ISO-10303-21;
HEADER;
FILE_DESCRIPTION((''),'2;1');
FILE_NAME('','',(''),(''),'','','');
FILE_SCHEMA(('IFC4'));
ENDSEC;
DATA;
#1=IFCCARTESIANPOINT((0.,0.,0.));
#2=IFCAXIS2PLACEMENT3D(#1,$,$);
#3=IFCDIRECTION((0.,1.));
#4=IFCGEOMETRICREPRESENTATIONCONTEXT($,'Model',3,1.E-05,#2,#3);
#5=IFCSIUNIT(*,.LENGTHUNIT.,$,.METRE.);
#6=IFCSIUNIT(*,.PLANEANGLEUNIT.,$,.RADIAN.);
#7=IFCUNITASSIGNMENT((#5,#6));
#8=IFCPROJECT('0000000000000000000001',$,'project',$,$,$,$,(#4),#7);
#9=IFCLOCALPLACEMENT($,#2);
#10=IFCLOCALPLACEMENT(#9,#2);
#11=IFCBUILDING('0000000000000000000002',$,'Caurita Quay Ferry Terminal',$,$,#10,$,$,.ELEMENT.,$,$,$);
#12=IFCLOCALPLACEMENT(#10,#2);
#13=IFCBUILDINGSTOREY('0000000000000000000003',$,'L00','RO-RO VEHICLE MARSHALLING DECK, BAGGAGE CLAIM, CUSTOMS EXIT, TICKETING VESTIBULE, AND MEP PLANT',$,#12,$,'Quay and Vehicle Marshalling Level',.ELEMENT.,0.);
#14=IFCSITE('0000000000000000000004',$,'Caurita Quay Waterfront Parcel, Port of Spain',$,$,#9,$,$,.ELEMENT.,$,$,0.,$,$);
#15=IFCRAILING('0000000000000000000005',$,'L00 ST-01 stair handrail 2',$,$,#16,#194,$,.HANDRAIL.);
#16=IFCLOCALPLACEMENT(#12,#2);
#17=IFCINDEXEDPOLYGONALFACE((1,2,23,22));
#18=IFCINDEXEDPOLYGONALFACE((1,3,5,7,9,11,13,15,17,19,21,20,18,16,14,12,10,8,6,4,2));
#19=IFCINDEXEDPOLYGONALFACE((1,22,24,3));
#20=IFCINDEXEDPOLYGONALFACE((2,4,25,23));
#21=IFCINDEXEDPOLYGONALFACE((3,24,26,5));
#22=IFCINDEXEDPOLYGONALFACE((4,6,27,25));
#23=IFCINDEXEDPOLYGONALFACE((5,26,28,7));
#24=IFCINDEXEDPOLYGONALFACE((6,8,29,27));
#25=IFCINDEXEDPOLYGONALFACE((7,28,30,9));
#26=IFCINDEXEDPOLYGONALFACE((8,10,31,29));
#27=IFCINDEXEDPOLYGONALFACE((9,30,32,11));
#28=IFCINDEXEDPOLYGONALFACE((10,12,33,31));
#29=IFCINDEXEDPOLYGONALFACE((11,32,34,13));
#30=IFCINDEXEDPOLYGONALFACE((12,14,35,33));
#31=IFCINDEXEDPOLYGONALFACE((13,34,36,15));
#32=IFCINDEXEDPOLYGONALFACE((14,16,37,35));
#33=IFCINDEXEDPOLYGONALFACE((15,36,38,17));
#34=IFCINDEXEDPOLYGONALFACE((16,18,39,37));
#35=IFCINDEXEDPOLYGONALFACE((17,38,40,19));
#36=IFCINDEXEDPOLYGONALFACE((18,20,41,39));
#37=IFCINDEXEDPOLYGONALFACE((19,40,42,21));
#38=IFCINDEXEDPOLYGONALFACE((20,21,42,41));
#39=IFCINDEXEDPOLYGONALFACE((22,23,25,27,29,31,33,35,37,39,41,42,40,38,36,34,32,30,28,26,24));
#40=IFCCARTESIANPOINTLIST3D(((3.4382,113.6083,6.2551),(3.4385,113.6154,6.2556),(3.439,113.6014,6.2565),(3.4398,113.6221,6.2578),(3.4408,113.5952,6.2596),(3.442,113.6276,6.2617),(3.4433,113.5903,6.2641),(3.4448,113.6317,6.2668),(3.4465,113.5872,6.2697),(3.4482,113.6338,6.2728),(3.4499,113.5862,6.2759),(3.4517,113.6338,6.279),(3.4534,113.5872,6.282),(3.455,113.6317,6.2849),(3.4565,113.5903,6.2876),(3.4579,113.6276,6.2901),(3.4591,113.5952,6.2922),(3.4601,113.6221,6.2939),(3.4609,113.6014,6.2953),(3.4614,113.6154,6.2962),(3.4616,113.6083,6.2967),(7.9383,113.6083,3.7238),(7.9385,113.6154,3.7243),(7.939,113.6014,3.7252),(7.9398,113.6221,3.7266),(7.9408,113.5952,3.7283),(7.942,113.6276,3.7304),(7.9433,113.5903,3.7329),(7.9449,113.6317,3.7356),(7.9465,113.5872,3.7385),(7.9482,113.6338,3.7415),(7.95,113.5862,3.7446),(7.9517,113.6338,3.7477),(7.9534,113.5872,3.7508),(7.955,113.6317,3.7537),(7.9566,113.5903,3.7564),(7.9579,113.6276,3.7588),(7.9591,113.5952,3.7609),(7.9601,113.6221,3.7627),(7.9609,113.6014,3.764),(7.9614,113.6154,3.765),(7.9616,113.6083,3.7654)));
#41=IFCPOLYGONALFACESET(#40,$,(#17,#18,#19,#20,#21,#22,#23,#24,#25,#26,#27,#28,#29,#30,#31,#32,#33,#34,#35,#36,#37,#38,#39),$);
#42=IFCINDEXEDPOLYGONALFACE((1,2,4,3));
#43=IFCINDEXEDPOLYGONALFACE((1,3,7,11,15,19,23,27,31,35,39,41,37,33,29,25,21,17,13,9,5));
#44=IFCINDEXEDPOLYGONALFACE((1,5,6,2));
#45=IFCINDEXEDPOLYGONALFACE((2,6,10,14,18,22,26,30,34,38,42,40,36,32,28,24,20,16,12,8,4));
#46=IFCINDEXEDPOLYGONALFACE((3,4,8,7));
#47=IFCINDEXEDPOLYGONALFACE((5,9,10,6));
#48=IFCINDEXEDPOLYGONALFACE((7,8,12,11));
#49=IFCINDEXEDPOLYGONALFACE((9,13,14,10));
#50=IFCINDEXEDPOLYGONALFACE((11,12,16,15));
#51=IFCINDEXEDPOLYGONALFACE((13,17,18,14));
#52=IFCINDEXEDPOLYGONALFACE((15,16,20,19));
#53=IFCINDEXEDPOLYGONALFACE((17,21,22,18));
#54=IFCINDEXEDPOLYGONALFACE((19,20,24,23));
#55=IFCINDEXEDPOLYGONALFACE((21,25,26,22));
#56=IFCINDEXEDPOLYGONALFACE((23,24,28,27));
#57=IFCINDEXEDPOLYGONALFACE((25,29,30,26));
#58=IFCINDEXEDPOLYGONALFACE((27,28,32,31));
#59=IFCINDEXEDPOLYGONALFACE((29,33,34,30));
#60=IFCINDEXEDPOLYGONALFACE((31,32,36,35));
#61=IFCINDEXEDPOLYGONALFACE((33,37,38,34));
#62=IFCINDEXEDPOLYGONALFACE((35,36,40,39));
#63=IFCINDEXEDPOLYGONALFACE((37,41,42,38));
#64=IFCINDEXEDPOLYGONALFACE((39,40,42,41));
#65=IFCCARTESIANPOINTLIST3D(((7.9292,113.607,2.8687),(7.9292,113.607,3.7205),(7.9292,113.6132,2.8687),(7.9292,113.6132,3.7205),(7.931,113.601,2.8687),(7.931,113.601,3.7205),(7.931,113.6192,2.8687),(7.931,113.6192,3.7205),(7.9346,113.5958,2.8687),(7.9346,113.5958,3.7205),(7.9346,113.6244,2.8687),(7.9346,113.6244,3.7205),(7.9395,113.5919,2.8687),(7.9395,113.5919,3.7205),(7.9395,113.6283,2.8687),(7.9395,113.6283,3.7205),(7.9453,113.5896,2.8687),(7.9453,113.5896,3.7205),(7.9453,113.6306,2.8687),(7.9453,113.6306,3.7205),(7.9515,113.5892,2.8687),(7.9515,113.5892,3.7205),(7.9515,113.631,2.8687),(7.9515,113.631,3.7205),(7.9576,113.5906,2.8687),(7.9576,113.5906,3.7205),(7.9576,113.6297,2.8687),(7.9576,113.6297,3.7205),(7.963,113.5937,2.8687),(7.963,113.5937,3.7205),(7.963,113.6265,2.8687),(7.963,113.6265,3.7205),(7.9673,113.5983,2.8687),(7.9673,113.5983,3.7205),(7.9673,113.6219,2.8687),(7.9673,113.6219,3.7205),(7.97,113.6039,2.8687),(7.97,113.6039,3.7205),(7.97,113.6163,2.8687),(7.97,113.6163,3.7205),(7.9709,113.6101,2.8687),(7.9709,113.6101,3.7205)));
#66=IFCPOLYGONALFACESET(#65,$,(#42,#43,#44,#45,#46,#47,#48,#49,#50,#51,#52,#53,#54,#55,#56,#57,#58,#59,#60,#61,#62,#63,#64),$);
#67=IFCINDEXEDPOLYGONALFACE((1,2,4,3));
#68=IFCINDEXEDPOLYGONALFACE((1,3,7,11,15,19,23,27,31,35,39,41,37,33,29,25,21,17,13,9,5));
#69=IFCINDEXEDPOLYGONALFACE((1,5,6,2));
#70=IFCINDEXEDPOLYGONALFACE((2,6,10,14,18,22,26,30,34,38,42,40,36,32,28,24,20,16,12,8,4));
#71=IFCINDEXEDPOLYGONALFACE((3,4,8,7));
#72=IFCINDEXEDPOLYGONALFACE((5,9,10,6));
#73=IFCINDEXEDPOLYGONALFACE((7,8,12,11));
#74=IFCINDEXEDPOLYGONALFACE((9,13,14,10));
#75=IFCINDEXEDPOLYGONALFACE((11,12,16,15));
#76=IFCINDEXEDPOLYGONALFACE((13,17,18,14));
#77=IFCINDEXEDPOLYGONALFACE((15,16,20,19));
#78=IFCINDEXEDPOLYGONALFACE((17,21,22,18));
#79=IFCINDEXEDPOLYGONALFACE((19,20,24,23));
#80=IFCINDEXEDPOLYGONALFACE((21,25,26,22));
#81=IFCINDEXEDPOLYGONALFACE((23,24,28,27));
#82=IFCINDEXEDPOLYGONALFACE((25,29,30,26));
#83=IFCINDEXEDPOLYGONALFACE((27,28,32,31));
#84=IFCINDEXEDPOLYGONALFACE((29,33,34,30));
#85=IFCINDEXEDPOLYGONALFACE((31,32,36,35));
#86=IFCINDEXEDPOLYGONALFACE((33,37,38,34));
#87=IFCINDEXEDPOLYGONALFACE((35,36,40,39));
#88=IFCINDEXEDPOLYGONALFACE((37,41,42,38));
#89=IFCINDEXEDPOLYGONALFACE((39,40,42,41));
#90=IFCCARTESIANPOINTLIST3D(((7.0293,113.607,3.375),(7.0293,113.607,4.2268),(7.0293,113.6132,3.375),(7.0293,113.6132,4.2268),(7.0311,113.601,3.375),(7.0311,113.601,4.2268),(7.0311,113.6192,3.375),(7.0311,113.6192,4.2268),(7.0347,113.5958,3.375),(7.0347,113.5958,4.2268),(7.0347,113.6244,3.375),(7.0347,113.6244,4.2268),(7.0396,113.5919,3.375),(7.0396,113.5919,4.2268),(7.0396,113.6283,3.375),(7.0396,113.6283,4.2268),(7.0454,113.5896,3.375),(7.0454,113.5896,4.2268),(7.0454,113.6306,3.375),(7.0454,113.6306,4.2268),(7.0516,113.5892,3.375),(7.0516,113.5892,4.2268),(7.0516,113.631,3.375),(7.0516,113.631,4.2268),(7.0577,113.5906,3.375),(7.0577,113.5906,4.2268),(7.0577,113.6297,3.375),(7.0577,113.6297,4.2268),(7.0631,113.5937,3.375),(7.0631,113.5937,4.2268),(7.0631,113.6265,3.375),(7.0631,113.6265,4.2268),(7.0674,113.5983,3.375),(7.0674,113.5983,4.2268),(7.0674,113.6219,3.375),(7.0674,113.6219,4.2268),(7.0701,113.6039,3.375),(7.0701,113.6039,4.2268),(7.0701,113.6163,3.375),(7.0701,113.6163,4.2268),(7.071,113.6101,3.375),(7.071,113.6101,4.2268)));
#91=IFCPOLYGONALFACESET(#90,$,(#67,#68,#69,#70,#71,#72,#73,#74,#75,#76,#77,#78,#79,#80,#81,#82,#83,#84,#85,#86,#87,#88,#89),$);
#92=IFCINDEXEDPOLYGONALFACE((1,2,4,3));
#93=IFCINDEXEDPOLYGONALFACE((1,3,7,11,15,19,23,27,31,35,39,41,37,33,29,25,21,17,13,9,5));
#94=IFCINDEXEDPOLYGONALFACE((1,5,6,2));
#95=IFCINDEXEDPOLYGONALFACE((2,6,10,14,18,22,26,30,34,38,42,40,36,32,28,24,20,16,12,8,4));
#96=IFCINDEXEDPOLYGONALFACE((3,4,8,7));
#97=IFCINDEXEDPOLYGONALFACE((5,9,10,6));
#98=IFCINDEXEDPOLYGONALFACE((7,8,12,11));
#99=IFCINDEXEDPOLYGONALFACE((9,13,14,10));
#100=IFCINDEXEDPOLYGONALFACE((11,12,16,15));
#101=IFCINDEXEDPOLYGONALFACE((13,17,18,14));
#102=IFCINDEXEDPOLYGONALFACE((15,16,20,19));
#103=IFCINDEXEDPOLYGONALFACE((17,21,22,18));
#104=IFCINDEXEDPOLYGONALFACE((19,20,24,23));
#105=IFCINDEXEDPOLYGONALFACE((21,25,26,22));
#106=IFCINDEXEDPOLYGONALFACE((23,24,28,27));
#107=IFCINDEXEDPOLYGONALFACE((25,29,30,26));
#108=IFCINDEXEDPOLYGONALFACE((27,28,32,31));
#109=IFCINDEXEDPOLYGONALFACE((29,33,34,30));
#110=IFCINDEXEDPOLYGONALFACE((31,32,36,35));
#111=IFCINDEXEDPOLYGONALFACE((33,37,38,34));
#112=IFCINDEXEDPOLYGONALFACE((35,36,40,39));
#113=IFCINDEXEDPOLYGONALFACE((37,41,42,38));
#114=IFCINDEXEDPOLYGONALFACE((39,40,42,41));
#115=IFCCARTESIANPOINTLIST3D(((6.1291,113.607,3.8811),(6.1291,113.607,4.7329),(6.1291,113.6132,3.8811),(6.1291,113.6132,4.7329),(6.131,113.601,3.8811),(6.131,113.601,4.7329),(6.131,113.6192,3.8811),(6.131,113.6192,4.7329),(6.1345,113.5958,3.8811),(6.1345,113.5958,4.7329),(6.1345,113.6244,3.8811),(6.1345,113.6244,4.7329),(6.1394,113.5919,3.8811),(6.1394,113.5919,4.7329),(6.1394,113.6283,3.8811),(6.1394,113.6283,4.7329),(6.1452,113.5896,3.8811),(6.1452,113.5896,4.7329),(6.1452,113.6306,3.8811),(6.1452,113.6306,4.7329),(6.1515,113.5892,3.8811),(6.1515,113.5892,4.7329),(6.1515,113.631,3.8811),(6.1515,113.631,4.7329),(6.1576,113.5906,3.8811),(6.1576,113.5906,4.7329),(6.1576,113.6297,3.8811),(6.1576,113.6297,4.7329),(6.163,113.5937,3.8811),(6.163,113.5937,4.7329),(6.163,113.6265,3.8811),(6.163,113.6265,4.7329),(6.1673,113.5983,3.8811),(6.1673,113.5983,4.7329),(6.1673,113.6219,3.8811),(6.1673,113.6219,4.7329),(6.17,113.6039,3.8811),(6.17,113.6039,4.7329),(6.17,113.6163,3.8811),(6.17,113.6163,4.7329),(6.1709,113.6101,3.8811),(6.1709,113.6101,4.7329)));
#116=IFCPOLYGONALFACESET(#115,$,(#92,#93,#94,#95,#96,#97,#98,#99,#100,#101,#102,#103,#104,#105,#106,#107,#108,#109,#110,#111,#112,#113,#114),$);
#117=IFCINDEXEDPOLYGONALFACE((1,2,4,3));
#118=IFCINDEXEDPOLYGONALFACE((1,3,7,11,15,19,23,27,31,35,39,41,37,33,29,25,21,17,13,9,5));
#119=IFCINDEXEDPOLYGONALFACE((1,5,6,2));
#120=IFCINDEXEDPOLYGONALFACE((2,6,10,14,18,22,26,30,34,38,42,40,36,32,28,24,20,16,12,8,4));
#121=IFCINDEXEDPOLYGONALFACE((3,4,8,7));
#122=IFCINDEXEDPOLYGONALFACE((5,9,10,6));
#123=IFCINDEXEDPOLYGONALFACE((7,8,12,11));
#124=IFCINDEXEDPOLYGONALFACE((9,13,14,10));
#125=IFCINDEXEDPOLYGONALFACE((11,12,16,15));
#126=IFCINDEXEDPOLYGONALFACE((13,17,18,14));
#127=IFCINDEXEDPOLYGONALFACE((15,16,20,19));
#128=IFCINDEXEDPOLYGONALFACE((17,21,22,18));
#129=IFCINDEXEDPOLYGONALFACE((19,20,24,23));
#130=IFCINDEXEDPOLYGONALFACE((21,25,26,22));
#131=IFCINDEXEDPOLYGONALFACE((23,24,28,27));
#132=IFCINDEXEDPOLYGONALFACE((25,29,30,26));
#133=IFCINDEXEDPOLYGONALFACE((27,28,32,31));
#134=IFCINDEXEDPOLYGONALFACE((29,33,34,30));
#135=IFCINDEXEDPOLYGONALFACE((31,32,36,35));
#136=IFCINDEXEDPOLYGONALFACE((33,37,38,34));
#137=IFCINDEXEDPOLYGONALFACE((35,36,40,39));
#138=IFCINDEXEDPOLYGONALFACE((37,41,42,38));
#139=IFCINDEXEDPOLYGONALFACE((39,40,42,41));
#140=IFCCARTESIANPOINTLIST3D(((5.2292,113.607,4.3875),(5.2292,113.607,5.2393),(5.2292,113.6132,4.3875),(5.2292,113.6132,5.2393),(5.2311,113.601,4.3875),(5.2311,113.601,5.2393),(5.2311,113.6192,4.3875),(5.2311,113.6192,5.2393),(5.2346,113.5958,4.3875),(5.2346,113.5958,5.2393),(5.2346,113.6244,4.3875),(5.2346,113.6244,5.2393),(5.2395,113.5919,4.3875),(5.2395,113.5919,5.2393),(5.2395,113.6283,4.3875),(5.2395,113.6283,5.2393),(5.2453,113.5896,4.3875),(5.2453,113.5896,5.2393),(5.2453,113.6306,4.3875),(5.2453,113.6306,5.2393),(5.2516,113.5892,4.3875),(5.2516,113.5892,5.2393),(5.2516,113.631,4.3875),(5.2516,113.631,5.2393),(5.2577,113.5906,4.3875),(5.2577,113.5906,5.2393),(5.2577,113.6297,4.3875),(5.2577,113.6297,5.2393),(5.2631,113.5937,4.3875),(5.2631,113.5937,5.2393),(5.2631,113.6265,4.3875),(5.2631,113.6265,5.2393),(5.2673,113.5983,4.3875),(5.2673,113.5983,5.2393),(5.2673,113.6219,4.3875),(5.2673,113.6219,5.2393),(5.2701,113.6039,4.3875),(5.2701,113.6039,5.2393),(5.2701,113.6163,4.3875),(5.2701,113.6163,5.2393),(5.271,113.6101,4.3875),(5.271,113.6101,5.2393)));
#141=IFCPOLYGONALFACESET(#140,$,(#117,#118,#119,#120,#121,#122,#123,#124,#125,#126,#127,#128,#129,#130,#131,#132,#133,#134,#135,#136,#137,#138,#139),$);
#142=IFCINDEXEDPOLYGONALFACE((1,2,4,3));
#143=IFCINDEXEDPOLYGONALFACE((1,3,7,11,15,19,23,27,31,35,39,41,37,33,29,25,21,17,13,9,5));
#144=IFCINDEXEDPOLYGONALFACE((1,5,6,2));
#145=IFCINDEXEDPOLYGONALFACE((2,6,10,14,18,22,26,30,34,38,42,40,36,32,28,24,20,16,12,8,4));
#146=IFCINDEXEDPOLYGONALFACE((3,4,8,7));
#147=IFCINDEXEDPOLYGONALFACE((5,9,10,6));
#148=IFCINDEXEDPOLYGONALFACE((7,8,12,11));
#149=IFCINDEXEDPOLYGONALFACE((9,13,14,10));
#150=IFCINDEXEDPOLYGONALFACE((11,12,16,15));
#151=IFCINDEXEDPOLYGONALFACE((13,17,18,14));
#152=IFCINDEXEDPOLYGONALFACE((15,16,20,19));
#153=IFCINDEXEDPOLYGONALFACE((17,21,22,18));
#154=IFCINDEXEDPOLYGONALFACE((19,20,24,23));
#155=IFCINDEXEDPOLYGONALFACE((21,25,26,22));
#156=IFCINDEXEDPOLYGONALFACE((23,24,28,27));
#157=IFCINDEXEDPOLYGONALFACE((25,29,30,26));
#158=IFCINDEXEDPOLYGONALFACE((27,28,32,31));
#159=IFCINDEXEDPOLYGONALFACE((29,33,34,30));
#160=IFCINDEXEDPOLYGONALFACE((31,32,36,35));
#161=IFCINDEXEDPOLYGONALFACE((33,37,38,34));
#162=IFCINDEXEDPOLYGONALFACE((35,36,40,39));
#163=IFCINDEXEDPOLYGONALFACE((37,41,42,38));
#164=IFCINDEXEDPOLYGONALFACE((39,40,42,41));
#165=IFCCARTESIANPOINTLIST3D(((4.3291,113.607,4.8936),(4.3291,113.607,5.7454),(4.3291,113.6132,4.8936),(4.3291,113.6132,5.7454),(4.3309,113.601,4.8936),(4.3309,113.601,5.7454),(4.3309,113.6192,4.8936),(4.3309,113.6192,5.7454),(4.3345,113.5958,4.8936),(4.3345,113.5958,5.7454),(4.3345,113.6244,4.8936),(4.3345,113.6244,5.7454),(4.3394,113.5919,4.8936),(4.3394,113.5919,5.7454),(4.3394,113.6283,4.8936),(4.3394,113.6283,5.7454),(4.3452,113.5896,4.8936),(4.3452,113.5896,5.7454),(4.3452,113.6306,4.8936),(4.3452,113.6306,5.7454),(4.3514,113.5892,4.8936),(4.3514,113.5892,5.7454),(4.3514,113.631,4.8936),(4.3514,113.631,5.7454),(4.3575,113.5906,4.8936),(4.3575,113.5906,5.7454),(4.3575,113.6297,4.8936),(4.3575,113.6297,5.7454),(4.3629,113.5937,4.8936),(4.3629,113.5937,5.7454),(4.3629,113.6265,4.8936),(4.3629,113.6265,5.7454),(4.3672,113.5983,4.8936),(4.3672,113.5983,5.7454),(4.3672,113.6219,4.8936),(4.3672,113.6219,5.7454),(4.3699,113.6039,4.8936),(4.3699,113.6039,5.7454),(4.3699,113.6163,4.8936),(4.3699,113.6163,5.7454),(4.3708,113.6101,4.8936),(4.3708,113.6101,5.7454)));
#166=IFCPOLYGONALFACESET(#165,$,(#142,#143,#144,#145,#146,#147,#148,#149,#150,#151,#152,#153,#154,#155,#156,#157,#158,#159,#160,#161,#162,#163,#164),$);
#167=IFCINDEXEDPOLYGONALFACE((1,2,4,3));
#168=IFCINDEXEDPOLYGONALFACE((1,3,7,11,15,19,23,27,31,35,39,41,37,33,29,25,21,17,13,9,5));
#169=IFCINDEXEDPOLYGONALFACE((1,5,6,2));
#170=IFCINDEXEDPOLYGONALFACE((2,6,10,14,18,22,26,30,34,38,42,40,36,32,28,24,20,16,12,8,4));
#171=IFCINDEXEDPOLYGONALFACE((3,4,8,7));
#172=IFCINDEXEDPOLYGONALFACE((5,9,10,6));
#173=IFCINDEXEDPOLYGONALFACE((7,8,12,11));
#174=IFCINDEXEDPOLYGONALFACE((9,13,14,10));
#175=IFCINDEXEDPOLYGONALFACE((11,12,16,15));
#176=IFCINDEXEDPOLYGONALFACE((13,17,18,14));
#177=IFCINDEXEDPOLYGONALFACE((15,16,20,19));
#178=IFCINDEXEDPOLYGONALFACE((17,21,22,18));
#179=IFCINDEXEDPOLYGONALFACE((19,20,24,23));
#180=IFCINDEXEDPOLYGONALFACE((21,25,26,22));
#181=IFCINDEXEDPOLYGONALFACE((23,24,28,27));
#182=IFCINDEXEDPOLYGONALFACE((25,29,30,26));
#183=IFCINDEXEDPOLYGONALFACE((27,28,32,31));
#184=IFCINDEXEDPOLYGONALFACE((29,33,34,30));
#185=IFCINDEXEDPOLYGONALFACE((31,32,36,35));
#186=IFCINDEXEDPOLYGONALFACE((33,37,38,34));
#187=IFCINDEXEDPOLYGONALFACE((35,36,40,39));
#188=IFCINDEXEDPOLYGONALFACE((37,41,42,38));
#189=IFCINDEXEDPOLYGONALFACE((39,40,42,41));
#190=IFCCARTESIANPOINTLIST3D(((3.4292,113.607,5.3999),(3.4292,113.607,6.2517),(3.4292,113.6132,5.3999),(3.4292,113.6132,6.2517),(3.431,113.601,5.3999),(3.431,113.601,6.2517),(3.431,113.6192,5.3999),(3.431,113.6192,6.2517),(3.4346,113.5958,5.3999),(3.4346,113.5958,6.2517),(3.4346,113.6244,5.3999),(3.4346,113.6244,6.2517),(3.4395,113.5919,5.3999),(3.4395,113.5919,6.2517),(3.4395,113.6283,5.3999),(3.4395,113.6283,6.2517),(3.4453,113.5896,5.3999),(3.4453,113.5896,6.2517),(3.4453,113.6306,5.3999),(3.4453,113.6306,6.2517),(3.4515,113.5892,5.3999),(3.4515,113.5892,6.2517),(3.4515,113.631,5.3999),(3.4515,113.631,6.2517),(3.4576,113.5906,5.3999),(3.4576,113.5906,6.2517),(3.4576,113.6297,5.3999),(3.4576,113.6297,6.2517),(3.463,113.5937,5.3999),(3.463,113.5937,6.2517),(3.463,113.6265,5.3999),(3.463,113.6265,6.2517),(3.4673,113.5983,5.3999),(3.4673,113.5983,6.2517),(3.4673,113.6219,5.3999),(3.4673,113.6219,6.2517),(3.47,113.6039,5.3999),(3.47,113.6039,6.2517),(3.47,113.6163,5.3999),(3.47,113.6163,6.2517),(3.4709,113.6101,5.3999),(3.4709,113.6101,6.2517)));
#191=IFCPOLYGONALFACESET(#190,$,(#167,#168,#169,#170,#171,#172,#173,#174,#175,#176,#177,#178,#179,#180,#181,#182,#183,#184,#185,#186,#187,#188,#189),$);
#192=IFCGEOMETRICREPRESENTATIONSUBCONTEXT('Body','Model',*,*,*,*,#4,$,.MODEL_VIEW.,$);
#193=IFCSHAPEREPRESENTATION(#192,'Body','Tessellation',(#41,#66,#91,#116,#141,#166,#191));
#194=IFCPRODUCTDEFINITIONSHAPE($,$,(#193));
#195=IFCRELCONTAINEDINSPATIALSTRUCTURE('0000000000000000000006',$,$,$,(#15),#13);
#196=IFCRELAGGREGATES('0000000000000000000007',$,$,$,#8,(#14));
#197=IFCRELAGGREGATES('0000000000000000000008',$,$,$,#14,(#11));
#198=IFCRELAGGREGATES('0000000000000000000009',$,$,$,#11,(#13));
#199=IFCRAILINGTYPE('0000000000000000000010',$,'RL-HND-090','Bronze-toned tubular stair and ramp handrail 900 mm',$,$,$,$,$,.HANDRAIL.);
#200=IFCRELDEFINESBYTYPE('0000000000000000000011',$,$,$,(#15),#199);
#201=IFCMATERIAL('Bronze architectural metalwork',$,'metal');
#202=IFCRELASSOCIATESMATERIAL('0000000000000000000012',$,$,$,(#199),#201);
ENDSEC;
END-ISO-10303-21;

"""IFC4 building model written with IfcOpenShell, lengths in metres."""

from ifc_helpers import new_model, si_unit, direction, frame, origin, origin_2d, place, context, subcontext, project, spatial, circle, extrude, material, type_object, element, save


model = new_model("IFC4")

# Units and contexts
model_context = context("Model", 3, precision=1e-05, world=origin(), true_north=direction((0.0, 1.0)))
body_context = subcontext(model_context, "Body", "Model", "MODEL_VIEW")
ifc_project = project(units=[si_unit("LENGTHUNIT", "METRE"), si_unit("PLANEANGLEUNIT", "RADIAN")], contexts=[model_context])

# Site, building, storey
site_placement = place(None, origin())
site = spatial("IfcSite", under=ifc_project, at=site_placement, Name="Caurita Quay Waterfront Parcel, Port of Spain", CompositionType="ELEMENT", RefElevation=0.0)
building_placement = place(site_placement, origin())
building = spatial("IfcBuilding", under=site, at=building_placement, Name="Caurita Quay Ferry Terminal", CompositionType="ELEMENT")
storey_placement = place(building_placement, origin())
storey = spatial("IfcBuildingStorey", under=building, at=storey_placement, Name="L00", Description="RO-RO VEHICLE MARSHALLING DECK, BAGGAGE CLAIM, CUSTOMS EXIT, TICKETING VESTIBULE, AND MEP PLANT", LongName="Quay and Vehicle Marshalling Level", CompositionType="ELEMENT", Elevation=0.0)

# Railing
ifc_material_1 = material(Name="Bronze architectural metalwork", Category="metal")
railing_type_1 = type_object("IfcRailingType", Name="RL-HND-090", Description="Bronze-toned tubular stair and ramp handrail 900 mm", PredefinedType="HANDRAIL", material=ifc_material_1)
railing_1_placement = place(storey_placement, frame((7.95, 113.6101, 2.8687)))
element("IfcRailing", 1, at=railing_1_placement, inside=storey, type_object=railing_type_1, Name="L00 ST-01 stair handrail 2", PredefinedType="HANDRAIL", context=body_context, shape_type="SweptSolid", body=[
    extrude(circle(Radius=0.0239, at=origin_2d()), frame((0.0, 0.0, 0.876), z_axis=(-0.871576, 0.0, 0.490261), x_axis=(0.0, -1.0, 0.0)), (0.0, 0.0, 1.0), 5.1631),
    extrude(circle(Radius=0.021, at=origin_2d()), origin(), (0.0, 0.0, 1.0), 0.8518),
    extrude(circle(Radius=0.021, at=origin_2d()), frame((-0.8999, 0.0, 0.5063)), (0.0, 0.0, 1.0), 0.8518),
    extrude(circle(Radius=0.021, at=origin_2d()), frame((-1.8, 0.0, 1.0125)), (0.0, 0.0, 1.0), 0.8518),
    extrude(circle(Radius=0.021, at=origin_2d()), frame((-2.7, 0.0, 1.5188)), (0.0, 0.0, 1.0), 0.8518),
    extrude(circle(Radius=0.021, at=origin_2d()), frame((-3.6001, 0.0, 2.0249)), (0.0, 0.0, 1.0), 0.8518),
    extrude(circle(Radius=0.021, at=origin_2d()), frame((-4.5, 0.0, 2.5312)), (0.0, 0.0, 1.0), 0.8518),
])

save(model, "model.ifc")
